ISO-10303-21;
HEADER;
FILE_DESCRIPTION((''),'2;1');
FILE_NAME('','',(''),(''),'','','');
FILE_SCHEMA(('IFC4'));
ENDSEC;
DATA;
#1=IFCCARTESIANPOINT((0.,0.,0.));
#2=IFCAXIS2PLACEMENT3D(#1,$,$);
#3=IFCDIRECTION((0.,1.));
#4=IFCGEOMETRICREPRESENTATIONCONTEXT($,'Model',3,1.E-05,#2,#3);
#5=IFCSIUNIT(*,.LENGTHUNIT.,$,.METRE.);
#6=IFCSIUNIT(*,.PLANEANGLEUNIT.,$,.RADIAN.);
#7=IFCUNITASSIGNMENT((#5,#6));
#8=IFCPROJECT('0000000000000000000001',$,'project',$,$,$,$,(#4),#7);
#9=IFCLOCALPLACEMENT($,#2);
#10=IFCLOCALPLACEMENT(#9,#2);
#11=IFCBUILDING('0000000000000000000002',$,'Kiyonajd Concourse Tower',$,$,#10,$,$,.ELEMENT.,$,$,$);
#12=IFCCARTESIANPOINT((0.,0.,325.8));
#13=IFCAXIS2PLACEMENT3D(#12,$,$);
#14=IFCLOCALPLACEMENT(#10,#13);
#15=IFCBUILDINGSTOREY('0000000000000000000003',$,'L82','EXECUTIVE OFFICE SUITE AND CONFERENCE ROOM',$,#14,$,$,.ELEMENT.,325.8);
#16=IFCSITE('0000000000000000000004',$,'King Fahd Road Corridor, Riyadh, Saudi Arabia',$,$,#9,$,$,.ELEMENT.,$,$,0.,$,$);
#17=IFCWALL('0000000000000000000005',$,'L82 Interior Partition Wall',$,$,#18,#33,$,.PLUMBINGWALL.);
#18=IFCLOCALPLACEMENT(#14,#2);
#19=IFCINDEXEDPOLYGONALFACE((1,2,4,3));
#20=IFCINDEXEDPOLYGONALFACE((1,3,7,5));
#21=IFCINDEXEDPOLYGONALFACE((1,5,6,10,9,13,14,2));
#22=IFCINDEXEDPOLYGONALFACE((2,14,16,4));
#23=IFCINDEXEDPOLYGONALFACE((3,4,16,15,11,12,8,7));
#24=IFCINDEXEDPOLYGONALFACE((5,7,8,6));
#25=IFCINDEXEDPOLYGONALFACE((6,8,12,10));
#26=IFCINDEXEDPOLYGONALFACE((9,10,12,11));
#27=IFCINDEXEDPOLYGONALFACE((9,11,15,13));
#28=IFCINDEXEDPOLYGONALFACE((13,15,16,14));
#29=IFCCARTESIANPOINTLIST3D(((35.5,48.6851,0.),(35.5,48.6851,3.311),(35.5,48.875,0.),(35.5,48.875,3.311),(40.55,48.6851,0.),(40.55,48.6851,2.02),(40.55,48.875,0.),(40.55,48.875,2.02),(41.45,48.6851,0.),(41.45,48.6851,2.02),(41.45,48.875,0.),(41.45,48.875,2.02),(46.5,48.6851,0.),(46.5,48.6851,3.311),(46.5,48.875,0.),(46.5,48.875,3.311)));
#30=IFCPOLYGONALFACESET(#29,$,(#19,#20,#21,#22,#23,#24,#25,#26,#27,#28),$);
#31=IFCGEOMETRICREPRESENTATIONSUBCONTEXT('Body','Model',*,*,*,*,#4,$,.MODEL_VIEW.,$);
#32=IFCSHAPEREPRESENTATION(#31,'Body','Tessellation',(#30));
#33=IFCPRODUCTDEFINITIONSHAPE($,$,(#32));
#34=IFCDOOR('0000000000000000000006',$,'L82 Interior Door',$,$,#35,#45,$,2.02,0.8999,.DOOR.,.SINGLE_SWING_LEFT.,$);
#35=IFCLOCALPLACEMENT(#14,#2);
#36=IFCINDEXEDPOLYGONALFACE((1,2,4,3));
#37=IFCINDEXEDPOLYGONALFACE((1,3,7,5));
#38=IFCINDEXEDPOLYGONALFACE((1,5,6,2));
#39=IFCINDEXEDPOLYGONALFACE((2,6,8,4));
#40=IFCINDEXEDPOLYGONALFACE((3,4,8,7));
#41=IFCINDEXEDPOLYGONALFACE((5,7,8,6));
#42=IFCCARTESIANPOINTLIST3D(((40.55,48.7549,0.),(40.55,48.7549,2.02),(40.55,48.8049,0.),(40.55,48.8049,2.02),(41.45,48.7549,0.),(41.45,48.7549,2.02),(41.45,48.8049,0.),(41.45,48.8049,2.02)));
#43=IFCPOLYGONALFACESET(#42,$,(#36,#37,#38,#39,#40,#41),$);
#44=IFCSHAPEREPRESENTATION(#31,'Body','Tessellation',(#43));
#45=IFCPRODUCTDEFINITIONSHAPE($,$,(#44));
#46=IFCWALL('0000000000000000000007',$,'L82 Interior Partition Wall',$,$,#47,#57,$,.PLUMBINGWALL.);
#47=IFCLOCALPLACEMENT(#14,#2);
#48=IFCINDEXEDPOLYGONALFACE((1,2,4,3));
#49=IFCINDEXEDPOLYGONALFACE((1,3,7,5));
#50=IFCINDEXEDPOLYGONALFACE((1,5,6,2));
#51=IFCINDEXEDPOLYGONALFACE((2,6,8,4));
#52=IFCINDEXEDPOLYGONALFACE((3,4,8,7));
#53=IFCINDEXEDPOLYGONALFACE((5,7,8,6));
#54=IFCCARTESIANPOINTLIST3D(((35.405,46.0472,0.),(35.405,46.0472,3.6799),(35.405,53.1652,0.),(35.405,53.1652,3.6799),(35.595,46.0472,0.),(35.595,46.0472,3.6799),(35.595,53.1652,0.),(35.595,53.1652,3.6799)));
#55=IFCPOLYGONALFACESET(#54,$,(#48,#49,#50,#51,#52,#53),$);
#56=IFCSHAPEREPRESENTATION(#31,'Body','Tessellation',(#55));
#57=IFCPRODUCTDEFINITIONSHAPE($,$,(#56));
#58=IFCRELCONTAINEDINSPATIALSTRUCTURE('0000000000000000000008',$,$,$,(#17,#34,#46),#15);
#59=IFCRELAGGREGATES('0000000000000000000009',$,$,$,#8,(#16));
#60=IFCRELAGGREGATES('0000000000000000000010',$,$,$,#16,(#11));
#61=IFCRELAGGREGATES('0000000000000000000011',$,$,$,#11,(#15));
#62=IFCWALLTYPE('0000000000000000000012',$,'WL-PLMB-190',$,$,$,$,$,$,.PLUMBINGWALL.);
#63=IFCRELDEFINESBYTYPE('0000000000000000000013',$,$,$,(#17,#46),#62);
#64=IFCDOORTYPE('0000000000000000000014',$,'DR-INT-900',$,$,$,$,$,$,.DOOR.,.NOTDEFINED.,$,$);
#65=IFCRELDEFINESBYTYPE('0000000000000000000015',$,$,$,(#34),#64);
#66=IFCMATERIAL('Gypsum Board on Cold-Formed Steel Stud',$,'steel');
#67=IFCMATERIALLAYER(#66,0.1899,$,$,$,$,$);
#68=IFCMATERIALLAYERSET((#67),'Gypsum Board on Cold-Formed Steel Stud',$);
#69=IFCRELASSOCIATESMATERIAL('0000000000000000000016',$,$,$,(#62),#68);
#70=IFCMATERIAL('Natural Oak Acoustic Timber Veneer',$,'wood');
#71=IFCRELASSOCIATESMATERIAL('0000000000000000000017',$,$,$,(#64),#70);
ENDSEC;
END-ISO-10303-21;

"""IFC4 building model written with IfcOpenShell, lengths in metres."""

from ifc_helpers import new_model, si_unit, direction, frame, frame_2d, origin, place, context, subcontext, project, spatial, rectangle, extrude, material, layer, layer_set, type_object, element, fill, save


model = new_model("IFC4")

# Units and contexts
model_context = context("Model", 3, precision=1e-05, world=origin(), true_north=direction((0.0, 1.0)))
body_context = subcontext(model_context, "Body", "Model", "MODEL_VIEW")
ifc_project = project(units=[si_unit("LENGTHUNIT", "METRE"), si_unit("PLANEANGLEUNIT", "RADIAN")], contexts=[model_context])

# Site, building, storey
site_placement = place(None, origin())
site = spatial("IfcSite", under=ifc_project, at=site_placement, Name="King Fahd Road Corridor, Riyadh, Saudi Arabia", CompositionType="ELEMENT", RefElevation=0.0)
building_placement = place(site_placement, origin())
building = spatial("IfcBuilding", under=site, at=building_placement, Name="Kiyonajd Concourse Tower", CompositionType="ELEMENT")
storey_placement = place(building_placement, frame((0.0, 0.0, 325.8)))
storey = spatial("IfcBuildingStorey", under=building, at=storey_placement, Name="L82", Description="EXECUTIVE OFFICE SUITE AND CONFERENCE ROOM", CompositionType="ELEMENT", Elevation=325.8)

# Wall, opening, door
ifc_material_1 = material(Name="Gypsum Board on Cold-Formed Steel Stud", Category="steel")
ifc_layer_1 = layer(ifc_material_1, 0.1899)
ifc_layer_set_1 = layer_set([ifc_layer_1], Name="Gypsum Board on Cold-Formed Steel Stud")
wall_type_1 = type_object("IfcWallType", Name="WL-PLMB-190", PredefinedType="PLUMBINGWALL", material=ifc_layer_set_1)
wall_1_placement = place(storey_placement, frame((35.5, 48.78, 0.0), z_axis=(0.0, 0.0, 1.0), x_axis=(1.0, 0.0, 0.0)))
wall_1 = element("IfcWall", 1, at=wall_1_placement, inside=storey, type_object=wall_type_1, Name="L82 Interior Partition Wall", PredefinedType="PLUMBINGWALL", context=body_context, shape_type="SweptSolid", body=[
    extrude(rectangle(XDim=11.0, YDim=0.1899, at=frame_2d((5.5, 0.0))), origin(), (0.0, 0.0, 1.0), 3.311),
])
opening_1_placement = place(wall_1_placement, frame((5.05, 0.0, 0.0)))
opening_1 = element("IfcOpeningElement", 2, at=opening_1_placement, cuts=wall_1, PredefinedType="OPENING", context=body_context, shape_type="SweptSolid", body=[
    extrude(rectangle(XDim=0.8999, YDim=2.02, at=frame_2d((0.45, 1.01))), frame((0.0, 0.105, 0.0), z_axis=(0.0, -1.0, 0.0), x_axis=(1.0, 0.0, 0.0)), (0.0, 0.0, 1.0), 0.21),
])
ifc_material_2 = material(Name="Natural Oak Acoustic Timber Veneer", Category="wood")
door_type = type_object("IfcDoorType", Name="DR-INT-900", OperationType="NOTDEFINED", PredefinedType="DOOR", material=ifc_material_2)
door_placement = place(opening_1_placement, origin())
door = element("IfcDoor", 3, at=door_placement, inside=storey, type_object=door_type, Name="L82 Interior Door", OperationType="SINGLE_SWING_LEFT", OverallHeight=2.02, OverallWidth=0.8999, PredefinedType="DOOR", context=body_context, shape_type="SweptSolid", body=[
    extrude(rectangle(XDim=0.8999, YDim=2.02, at=frame_2d((0.45, 1.01))), frame((0.0, 0.0249, 0.0), z_axis=(0.0, -1.0, 0.0), x_axis=(1.0, 0.0, 0.0)), (0.0, 0.0, 1.0), 0.05),
])
fill(opening_1, door)

# Wall
wall_2_placement = place(storey_placement, frame((35.5, 46.0471, 0.0), z_axis=(0.0, 0.0, 1.0), x_axis=(0.0, 1.0, 0.0)))
element("IfcWall", 4, at=wall_2_placement, inside=storey, type_object=wall_type_1, Name="L82 Interior Partition Wall", PredefinedType="PLUMBINGWALL", context=body_context, shape_type="SweptSolid", body=[
    extrude(rectangle(XDim=7.1179, YDim=0.1899, at=frame_2d((3.5591, 0.0))), origin(), (0.0, 0.0, 1.0), 3.6799),
])

save(model, "model.ifc")
